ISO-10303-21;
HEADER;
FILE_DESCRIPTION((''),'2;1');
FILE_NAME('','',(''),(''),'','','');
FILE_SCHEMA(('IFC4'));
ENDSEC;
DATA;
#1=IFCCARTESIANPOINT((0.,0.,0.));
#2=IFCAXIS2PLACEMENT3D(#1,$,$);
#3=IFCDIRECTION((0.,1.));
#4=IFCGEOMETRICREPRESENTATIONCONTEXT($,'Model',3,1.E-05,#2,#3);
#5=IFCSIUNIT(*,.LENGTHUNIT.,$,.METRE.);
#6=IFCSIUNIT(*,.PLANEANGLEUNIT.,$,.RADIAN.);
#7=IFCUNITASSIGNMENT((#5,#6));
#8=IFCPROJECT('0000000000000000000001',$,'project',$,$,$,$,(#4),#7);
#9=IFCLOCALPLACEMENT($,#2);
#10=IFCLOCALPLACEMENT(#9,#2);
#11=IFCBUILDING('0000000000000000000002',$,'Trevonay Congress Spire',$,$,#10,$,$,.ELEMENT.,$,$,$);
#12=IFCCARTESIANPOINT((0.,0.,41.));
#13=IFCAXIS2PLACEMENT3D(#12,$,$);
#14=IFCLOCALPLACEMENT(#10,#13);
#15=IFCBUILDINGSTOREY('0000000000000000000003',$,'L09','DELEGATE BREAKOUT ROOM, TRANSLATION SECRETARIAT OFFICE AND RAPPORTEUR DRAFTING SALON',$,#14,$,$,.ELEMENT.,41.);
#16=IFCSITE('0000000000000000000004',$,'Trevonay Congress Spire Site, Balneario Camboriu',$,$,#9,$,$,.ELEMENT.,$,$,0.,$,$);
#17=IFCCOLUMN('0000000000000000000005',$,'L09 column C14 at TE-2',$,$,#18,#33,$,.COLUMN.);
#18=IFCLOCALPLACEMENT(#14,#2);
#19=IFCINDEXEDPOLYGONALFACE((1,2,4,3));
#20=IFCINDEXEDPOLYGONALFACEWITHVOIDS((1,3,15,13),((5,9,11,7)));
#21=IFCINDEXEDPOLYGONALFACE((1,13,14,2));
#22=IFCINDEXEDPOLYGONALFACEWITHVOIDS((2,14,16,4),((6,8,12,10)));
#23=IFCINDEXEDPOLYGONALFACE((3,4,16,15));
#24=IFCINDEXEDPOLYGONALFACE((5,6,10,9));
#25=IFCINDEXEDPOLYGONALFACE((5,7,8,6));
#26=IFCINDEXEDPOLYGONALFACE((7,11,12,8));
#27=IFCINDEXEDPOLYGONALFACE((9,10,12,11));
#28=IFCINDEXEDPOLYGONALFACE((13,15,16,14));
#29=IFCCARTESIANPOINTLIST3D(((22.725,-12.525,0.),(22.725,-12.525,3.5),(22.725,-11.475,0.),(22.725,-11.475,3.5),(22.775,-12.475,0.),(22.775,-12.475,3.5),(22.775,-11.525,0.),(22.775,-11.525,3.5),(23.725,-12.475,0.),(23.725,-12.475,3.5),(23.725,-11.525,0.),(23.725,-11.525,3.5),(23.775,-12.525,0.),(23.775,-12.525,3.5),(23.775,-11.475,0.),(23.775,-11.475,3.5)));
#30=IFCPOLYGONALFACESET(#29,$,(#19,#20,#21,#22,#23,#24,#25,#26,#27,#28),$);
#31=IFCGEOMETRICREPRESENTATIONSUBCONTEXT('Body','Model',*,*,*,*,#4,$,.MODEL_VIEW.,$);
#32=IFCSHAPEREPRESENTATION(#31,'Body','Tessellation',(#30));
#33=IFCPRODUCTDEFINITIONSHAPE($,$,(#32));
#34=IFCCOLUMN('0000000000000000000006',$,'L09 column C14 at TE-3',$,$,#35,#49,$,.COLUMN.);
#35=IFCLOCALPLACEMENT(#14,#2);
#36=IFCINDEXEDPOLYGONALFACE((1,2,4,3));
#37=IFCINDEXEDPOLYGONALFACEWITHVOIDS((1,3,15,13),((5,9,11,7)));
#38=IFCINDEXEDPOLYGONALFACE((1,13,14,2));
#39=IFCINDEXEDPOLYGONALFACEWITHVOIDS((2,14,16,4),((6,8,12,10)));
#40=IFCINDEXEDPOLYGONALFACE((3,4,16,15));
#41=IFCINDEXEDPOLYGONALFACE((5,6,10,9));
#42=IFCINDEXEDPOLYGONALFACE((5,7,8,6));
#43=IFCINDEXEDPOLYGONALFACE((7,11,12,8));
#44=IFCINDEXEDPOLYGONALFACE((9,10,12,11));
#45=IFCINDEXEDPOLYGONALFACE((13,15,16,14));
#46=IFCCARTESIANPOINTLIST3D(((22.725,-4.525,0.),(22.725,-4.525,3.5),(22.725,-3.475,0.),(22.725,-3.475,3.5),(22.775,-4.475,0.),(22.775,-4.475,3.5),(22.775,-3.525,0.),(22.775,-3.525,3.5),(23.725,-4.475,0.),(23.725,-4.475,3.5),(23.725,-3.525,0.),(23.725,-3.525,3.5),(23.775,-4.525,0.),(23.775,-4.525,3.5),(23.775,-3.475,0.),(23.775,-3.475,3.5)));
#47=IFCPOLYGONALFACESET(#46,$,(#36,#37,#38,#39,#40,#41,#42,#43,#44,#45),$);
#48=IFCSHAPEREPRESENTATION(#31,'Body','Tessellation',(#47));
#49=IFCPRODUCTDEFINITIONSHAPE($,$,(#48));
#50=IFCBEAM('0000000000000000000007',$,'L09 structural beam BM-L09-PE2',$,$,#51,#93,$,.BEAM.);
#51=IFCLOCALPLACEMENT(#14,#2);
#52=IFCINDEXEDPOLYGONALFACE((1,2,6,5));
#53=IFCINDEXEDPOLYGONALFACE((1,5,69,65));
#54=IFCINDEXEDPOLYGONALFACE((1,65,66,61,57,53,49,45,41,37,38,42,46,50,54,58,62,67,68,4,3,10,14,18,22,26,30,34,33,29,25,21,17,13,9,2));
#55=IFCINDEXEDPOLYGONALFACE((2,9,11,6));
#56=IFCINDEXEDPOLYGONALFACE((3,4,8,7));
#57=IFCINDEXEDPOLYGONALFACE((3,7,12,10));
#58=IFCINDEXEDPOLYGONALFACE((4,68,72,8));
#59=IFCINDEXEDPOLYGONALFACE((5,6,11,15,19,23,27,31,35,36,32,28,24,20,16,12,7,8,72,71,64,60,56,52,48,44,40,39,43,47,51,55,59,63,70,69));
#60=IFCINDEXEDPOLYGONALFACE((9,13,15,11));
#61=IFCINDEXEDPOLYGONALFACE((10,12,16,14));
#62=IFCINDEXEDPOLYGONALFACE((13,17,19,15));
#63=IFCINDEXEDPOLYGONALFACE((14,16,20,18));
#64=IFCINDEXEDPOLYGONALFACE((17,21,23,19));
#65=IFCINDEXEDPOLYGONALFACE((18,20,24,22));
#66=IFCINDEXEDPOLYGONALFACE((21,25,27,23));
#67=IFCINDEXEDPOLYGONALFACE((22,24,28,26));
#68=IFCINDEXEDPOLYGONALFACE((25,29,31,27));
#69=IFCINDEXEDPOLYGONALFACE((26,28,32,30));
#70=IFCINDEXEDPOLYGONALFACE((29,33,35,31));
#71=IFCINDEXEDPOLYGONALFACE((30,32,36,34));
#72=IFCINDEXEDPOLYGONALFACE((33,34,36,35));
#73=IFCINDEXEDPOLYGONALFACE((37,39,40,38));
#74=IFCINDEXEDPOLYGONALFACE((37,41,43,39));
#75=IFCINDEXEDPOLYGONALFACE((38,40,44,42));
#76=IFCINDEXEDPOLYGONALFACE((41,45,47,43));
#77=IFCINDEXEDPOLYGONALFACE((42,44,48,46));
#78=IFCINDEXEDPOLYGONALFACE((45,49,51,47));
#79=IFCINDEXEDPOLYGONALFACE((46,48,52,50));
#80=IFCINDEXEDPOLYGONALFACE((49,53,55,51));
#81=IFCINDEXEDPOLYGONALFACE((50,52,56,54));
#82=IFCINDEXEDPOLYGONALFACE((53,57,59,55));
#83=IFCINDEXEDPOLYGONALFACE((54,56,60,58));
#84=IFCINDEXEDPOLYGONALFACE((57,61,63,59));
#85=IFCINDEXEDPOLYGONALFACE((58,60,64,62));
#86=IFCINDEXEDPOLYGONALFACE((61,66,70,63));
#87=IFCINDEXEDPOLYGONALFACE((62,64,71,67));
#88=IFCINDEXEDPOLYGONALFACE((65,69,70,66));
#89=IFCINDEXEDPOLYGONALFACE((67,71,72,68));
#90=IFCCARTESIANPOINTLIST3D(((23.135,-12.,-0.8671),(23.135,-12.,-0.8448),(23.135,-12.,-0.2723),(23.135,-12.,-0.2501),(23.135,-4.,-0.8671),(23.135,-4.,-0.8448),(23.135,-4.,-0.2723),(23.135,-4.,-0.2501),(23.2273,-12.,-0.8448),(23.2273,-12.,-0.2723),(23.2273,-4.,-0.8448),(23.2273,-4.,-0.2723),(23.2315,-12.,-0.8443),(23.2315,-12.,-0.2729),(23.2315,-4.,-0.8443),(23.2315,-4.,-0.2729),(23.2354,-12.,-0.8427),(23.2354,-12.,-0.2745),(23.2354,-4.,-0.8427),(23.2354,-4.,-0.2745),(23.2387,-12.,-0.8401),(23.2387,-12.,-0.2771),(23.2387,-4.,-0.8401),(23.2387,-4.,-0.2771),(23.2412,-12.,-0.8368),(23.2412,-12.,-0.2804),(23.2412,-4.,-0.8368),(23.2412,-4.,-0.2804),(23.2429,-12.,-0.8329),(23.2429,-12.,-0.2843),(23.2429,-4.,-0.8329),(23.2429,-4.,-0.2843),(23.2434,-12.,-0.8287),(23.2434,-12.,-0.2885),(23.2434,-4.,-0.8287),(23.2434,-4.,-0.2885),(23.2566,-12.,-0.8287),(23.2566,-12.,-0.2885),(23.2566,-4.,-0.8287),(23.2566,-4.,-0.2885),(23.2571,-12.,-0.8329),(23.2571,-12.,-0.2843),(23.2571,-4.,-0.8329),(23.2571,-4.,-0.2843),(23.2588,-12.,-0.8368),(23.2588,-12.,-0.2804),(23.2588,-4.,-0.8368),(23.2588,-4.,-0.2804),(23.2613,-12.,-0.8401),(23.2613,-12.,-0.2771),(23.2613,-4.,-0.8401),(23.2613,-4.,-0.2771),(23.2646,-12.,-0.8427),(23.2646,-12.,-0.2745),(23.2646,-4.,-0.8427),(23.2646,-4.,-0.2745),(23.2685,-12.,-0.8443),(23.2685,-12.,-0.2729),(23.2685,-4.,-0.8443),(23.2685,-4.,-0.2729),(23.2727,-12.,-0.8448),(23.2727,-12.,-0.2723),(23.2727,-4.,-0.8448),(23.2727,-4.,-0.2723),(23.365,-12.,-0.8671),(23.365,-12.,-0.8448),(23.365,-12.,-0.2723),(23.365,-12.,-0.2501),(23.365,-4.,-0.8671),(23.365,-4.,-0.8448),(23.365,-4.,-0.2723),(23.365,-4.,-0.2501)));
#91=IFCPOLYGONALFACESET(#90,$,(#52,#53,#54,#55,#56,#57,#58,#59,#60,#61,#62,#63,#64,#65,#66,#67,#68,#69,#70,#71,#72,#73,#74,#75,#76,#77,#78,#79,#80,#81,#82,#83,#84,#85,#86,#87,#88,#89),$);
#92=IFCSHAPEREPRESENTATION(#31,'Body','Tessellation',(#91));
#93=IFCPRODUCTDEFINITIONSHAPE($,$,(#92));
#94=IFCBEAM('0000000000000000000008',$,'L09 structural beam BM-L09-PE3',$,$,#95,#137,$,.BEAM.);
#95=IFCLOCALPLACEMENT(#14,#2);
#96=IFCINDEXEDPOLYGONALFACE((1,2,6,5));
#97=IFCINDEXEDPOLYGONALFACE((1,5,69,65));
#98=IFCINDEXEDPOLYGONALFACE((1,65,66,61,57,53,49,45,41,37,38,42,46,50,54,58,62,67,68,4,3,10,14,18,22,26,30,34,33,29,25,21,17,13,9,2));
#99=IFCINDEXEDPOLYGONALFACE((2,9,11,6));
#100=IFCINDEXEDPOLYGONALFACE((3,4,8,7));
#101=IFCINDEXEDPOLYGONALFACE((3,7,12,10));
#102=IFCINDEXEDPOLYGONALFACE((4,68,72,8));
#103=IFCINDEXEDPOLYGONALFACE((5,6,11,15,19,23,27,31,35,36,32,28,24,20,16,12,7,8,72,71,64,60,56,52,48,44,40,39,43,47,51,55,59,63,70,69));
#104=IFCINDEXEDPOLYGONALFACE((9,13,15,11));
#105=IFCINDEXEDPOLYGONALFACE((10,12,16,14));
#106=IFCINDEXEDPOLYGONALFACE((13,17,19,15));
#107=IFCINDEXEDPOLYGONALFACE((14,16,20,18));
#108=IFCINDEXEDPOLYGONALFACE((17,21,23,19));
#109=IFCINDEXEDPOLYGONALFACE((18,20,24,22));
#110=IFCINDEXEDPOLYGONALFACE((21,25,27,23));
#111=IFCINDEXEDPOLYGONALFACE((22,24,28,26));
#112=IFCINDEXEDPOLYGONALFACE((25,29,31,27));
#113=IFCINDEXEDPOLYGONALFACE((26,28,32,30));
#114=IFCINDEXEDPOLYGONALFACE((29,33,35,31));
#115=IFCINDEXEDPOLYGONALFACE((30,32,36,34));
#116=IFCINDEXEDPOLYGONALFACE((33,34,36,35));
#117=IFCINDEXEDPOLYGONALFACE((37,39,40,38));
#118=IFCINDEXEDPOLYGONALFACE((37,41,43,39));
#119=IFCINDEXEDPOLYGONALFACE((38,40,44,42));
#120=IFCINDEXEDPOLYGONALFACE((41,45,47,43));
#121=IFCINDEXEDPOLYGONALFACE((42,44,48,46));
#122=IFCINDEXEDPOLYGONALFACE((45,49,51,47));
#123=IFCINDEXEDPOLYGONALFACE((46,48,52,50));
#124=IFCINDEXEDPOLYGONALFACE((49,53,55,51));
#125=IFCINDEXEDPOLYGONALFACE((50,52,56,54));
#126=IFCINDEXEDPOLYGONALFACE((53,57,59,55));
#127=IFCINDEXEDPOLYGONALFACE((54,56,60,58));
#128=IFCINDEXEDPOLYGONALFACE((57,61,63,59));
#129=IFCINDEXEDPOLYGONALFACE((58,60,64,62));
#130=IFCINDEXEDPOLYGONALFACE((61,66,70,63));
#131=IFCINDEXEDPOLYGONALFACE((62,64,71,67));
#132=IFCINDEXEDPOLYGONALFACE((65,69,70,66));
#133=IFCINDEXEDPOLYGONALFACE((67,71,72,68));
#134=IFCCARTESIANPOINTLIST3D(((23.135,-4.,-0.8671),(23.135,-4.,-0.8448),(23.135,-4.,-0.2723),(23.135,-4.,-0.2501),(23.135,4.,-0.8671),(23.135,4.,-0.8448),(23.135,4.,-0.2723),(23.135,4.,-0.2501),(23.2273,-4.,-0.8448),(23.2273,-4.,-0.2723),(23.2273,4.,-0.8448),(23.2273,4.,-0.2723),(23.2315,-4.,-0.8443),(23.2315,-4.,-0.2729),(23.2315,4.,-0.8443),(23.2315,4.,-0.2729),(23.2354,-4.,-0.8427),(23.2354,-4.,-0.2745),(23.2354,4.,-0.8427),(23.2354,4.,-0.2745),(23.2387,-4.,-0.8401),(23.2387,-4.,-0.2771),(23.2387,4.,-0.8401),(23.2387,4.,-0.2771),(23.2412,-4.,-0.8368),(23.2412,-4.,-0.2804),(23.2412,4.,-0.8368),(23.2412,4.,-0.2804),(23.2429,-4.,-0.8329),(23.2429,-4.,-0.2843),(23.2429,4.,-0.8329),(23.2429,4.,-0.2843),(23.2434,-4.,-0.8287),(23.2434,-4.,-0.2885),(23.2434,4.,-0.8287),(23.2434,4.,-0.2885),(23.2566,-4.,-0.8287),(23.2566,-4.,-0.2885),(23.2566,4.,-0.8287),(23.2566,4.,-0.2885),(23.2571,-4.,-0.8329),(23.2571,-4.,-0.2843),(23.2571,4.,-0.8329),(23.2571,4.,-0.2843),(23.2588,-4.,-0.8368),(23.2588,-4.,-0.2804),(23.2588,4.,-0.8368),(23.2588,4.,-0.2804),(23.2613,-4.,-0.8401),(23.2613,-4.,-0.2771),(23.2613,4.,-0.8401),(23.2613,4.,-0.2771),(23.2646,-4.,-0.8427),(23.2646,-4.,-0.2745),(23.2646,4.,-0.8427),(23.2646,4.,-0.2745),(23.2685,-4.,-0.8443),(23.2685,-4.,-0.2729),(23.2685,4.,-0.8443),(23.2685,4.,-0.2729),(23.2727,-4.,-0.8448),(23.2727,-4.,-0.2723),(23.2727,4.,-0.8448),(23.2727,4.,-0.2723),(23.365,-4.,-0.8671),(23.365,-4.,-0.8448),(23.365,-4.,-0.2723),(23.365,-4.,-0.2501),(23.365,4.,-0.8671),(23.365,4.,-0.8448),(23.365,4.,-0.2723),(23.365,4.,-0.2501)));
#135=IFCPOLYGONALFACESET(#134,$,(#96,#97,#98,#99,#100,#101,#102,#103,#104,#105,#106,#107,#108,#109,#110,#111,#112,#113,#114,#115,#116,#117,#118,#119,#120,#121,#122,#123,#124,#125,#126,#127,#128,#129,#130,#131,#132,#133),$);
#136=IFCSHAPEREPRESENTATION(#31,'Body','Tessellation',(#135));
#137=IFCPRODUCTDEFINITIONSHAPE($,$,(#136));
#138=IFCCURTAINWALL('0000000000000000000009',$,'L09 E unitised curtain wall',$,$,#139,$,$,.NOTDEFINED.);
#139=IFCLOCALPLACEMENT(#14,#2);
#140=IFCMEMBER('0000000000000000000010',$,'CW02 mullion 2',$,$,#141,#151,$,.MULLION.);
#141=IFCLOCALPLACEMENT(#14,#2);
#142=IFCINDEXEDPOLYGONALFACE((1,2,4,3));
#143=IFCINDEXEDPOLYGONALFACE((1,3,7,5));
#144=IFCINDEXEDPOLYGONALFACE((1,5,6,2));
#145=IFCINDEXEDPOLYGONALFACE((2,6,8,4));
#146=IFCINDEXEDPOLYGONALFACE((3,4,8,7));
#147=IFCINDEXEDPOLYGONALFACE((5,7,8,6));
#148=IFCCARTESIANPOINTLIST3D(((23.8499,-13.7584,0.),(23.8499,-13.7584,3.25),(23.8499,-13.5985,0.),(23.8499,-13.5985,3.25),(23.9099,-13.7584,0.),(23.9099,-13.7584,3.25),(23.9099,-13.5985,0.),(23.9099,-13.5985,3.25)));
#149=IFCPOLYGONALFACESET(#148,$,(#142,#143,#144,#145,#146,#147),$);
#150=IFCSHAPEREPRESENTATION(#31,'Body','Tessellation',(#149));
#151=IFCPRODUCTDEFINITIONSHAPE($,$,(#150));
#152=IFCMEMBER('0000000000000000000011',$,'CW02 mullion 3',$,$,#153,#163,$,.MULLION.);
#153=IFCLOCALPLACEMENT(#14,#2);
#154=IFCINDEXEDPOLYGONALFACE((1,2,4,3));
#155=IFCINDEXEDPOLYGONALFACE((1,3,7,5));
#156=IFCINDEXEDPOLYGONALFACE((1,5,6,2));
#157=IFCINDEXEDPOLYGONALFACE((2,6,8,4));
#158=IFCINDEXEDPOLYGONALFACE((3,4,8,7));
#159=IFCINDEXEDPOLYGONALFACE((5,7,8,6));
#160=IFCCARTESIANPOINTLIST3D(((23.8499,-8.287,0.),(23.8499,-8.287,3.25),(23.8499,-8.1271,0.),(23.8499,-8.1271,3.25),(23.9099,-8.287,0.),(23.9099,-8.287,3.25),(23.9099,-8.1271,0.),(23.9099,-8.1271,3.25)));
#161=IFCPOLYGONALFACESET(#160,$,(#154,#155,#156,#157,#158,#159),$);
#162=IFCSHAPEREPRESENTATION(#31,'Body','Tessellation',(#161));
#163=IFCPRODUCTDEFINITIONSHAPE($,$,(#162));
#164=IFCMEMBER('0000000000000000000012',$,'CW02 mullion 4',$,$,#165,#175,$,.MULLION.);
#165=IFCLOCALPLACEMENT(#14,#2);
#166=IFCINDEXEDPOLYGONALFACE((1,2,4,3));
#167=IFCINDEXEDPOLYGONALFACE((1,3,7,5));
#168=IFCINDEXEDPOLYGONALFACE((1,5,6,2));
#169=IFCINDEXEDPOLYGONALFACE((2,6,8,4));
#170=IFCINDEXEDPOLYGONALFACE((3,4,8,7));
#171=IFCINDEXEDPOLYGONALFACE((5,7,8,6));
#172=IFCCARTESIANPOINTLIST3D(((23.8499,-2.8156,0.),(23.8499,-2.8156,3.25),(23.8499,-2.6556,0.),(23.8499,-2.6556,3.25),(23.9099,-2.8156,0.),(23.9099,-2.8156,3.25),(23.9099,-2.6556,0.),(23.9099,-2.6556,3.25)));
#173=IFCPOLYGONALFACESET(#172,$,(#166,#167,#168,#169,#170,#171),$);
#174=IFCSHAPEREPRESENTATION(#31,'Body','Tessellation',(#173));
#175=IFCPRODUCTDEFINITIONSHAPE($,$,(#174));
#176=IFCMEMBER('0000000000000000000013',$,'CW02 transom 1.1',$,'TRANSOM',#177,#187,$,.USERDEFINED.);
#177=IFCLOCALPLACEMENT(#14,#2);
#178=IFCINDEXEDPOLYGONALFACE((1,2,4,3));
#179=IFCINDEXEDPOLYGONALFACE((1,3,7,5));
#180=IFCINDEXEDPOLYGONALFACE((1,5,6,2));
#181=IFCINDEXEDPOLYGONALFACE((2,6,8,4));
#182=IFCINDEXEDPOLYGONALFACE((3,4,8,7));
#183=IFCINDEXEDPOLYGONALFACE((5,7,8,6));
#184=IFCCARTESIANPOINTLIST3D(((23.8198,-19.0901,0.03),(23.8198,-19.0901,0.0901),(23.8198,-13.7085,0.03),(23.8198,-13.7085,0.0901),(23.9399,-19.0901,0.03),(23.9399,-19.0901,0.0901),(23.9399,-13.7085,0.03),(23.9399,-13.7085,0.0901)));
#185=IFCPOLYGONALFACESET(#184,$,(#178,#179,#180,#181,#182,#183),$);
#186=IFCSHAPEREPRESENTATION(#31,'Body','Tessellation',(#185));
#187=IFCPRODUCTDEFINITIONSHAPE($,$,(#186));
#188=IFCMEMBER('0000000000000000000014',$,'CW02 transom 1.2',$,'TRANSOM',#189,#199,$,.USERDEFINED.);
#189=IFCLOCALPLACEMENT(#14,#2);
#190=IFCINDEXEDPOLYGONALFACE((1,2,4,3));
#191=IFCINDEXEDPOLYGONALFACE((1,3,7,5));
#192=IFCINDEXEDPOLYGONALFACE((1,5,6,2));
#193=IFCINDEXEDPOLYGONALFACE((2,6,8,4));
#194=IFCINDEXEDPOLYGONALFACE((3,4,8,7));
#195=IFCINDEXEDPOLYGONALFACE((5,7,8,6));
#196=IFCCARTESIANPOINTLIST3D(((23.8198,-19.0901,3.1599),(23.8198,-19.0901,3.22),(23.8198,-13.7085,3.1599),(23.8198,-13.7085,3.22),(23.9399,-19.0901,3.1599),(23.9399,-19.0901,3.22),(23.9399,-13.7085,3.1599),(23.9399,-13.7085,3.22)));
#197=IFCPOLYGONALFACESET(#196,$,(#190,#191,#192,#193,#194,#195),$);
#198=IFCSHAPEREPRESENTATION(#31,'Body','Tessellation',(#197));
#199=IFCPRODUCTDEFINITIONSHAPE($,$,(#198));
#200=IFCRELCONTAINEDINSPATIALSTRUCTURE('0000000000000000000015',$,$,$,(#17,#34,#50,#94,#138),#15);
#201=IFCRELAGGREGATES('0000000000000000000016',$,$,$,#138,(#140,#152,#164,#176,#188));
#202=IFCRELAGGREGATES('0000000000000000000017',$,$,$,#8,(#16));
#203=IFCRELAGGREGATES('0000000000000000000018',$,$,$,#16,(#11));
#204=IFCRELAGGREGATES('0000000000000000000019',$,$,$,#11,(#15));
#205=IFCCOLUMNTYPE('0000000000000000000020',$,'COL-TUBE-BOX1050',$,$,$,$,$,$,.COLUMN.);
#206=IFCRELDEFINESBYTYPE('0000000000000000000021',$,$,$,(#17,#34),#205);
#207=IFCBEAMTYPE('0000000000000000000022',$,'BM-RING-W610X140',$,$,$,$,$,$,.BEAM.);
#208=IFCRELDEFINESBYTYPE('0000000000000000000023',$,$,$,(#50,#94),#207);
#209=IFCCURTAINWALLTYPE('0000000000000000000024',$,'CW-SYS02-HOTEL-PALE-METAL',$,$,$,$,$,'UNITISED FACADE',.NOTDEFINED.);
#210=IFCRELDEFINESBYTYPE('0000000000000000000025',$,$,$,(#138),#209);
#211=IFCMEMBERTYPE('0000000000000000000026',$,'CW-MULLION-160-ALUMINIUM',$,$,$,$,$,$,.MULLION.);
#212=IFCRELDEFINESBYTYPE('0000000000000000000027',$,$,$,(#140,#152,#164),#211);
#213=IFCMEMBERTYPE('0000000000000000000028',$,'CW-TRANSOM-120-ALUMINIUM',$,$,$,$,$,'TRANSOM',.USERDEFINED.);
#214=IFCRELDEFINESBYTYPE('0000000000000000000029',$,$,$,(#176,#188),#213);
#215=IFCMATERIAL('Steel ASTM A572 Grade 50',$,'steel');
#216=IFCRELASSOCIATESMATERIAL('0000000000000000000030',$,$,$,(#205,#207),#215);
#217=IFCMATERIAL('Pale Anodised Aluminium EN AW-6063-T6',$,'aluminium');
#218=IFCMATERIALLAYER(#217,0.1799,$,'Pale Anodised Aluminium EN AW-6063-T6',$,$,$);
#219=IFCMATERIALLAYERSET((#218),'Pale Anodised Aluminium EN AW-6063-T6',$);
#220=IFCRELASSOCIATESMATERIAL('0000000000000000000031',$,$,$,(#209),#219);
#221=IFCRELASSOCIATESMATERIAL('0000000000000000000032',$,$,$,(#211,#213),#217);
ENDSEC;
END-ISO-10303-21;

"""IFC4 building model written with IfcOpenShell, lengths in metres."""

from ifc_helpers import new_model, si_unit, direction, frame, origin, origin_2d, place, context, subcontext, project, spatial, rectangle, hollow_rectangle, i_section, extrude, material, layer, layer_set, material_profile, profile_set, type_object, element, aggregate, save


model = new_model("IFC4")

# Units and contexts
model_context = context("Model", 3, precision=1e-05, world=origin(), true_north=direction((0.0, 1.0)))
body_context = subcontext(model_context, "Body", "Model", "MODEL_VIEW")
ifc_project = project(units=[si_unit("LENGTHUNIT", "METRE"), si_unit("PLANEANGLEUNIT", "RADIAN")], contexts=[model_context])

# Site, building, storey
site_placement = place(None, origin())
site = spatial("IfcSite", under=ifc_project, at=site_placement, Name="Trevonay Congress Spire Site, Balneario Camboriu", CompositionType="ELEMENT", RefElevation=0.0)
building_placement = place(site_placement, origin())
building = spatial("IfcBuilding", under=site, at=building_placement, Name="Trevonay Congress Spire", CompositionType="ELEMENT")
storey_placement = place(building_placement, frame((0.0, 0.0, 41.0)))
storey = spatial("IfcBuildingStorey", under=building, at=storey_placement, Name="L09", Description="DELEGATE BREAKOUT ROOM, TRANSLATION SECRETARIAT OFFICE AND RAPPORTEUR DRAFTING SALON", CompositionType="ELEMENT", Elevation=41.0)

# Columns
ifc_material_1 = material(Name="Steel ASTM A572 Grade 50", Category="steel")
ifc_material_profile_1 = material_profile(ifc_material_1, hollow_rectangle(XDim=1.05, YDim=1.05, WallThickness=0.05, at=origin_2d()), Name="BOX 1050x1050x50")
ifc_profile_set_1 = profile_set([ifc_material_profile_1], Name="Steel ASTM A572 Grade 50")
column_type = type_object("IfcColumnType", Name="COL-TUBE-BOX1050", PredefinedType="COLUMN", material=ifc_profile_set_1)
for number, where, z_axis, x_axis, name in (
    (1, (23.25, -12.0, 0.0), (0.0, 0.0, 1.0), (1.0, 0.0, 0.0), "L09 column C14 at TE-2"),
    (2, (23.25, -4.0, 0.0), (0.0, 0.0, 1.0), (1.0, 0.0, 0.0), "L09 column C14 at TE-3"),
):
    element("IfcColumn", number, at=place(storey_placement, frame(where, z_axis=z_axis, x_axis=x_axis)), inside=storey, type_object=column_type, Name=name, PredefinedType="COLUMN", context=body_context, shape_type="SweptSolid", body=[
        extrude(hollow_rectangle(XDim=1.05, YDim=1.05, WallThickness=0.05, at=origin_2d()), origin(), (0.0, 0.0, 1.0), 3.5),
    ])

# Beams
ifc_material_profile_2 = material_profile(ifc_material_1, i_section(OverallWidth=0.23, OverallDepth=0.6169, WebThickness=0.0132, FlangeThickness=0.0222, FilletRadius=0.0161, at=origin_2d()), Name="W610x140")
ifc_profile_set_2 = profile_set([ifc_material_profile_2], Name="Steel ASTM A572 Grade 50")
beam_type = type_object("IfcBeamType", Name="BM-RING-W610X140", PredefinedType="BEAM", material=ifc_profile_set_2)
for number, where, z_axis, x_axis, name in (
    (3, (23.25, -12.0, -0.5586), (0.0, 1.0, 0.0), (-1.0, 0.0, 0.0), "L09 structural beam BM-L09-PE2"),
    (4, (23.25, -4.0, -0.5586), (0.0, 1.0, 0.0), (-1.0, 0.0, 0.0), "L09 structural beam BM-L09-PE3"),
):
    element("IfcBeam", number, at=place(storey_placement, frame(where, z_axis=z_axis, x_axis=x_axis)), inside=storey, type_object=beam_type, Name=name, PredefinedType="BEAM", context=body_context, shape_type="SweptSolid", body=[
        extrude(i_section(OverallWidth=0.23, OverallDepth=0.6169, WebThickness=0.0132, FlangeThickness=0.0222, FilletRadius=0.0161, at=origin_2d()), origin(), (0.0, 0.0, 1.0), 8.0),
    ])

# Curtain wall, members
ifc_material_2 = material(Name="Pale Anodised Aluminium EN AW-6063-T6", Category="aluminium")
ifc_layer_1 = layer(ifc_material_2, 0.1799, Name="Pale Anodised Aluminium EN AW-6063-T6")
ifc_layer_set_1 = layer_set([ifc_layer_1], Name="Pale Anodised Aluminium EN AW-6063-T6")
curtain_wall_type = type_object("IfcCurtainWallType", Name="CW-SYS02-HOTEL-PALE-METAL", ElementType="UNITISED FACADE", PredefinedType="NOTDEFINED", material=ifc_layer_set_1)
curtain_wall_placement = place(storey_placement, origin())
curtain_wall = element("IfcCurtainWall", 5, at=curtain_wall_placement, inside=storey, type_object=curtain_wall_type, Name="L09 E unitised curtain wall", PredefinedType="NOTDEFINED")
ifc_material_profile_3 = material_profile(ifc_material_2, rectangle(XDim=0.0601, YDim=0.1599, at=origin_2d()), Name="CW-MULLION-160-ALUMINIUM")
ifc_profile_set_3 = profile_set([ifc_material_profile_3], Name="Pale Anodised Aluminium EN AW-6063-T6")
member_type_1 = type_object("IfcMemberType", Name="CW-MULLION-160-ALUMINIUM", PredefinedType="MULLION", material=ifc_profile_set_3)
member_1_placement = place(storey_placement, frame((23.8799, -13.6785, 0.0), z_axis=(0.0, 0.0, 1.0), x_axis=(-1.0, 0.0, 0.0)))
member_1 = element("IfcMember", 6, at=member_1_placement, type_object=member_type_1, Name="CW02 mullion 2", PredefinedType="MULLION", context=body_context, shape_type="SweptSolid", body=[
    extrude(rectangle(XDim=0.0601, YDim=0.1599, at=origin_2d()), origin(), (0.0, 0.0, 1.0), 3.25),
])
member_2_placement = place(storey_placement, frame((23.8799, -8.207, 0.0), z_axis=(0.0, 0.0, 1.0), x_axis=(-1.0, 0.0, 0.0)))
member_2 = element("IfcMember", 7, at=member_2_placement, type_object=member_type_1, Name="CW02 mullion 3", PredefinedType="MULLION", context=body_context, shape_type="SweptSolid", body=[
    extrude(rectangle(XDim=0.0601, YDim=0.1599, at=origin_2d()), origin(), (0.0, 0.0, 1.0), 3.25),
])
member_3_placement = place(storey_placement, frame((23.8799, -2.7356, 0.0), z_axis=(0.0, 0.0, 1.0), x_axis=(-1.0, 0.0, 0.0)))
member_3 = element("IfcMember", 8, at=member_3_placement, type_object=member_type_1, Name="CW02 mullion 4", PredefinedType="MULLION", context=body_context, shape_type="SweptSolid", body=[
    extrude(rectangle(XDim=0.0601, YDim=0.1599, at=origin_2d()), origin(), (0.0, 0.0, 1.0), 3.25),
])
ifc_material_profile_4 = material_profile(ifc_material_2, rectangle(XDim=0.1201, YDim=0.0601, at=origin_2d()), Name="CW-TRANSOM-120-ALUMINIUM")
ifc_profile_set_4 = profile_set([ifc_material_profile_4], Name="Pale Anodised Aluminium EN AW-6063-T6")
member_type_2 = type_object("IfcMemberType", Name="CW-TRANSOM-120-ALUMINIUM", ElementType="TRANSOM", PredefinedType="USERDEFINED", material=ifc_profile_set_4)
member_4_placement = place(storey_placement, frame((23.8799, -19.0901, 0.0601), z_axis=(0.0, 1.0, 0.0), x_axis=(-1.0, 0.0, 0.0)))
member_4 = element("IfcMember", 9, at=member_4_placement, type_object=member_type_2, Name="CW02 transom 1.1", ObjectType="TRANSOM", PredefinedType="USERDEFINED", context=body_context, shape_type="SweptSolid", body=[
    extrude(rectangle(XDim=0.1201, YDim=0.0601, at=origin_2d()), origin(), (0.0, 0.0, 1.0), 5.3816),
])
member_5_placement = place(storey_placement, frame((23.8799, -19.0901, 3.1899), z_axis=(0.0, 1.0, 0.0), x_axis=(-1.0, 0.0, 0.0)))
member_5 = element("IfcMember", 10, at=member_5_placement, type_object=member_type_2, Name="CW02 transom 1.2", ObjectType="TRANSOM", PredefinedType="USERDEFINED", context=body_context, shape_type="SweptSolid", body=[
    extrude(rectangle(XDim=0.1201, YDim=0.0601, at=origin_2d()), origin(), (0.0, 0.0, 1.0), 5.3816),
])
aggregate(curtain_wall, [member_1, member_2, member_3, member_4, member_5])

save(model, "model.ifc")
